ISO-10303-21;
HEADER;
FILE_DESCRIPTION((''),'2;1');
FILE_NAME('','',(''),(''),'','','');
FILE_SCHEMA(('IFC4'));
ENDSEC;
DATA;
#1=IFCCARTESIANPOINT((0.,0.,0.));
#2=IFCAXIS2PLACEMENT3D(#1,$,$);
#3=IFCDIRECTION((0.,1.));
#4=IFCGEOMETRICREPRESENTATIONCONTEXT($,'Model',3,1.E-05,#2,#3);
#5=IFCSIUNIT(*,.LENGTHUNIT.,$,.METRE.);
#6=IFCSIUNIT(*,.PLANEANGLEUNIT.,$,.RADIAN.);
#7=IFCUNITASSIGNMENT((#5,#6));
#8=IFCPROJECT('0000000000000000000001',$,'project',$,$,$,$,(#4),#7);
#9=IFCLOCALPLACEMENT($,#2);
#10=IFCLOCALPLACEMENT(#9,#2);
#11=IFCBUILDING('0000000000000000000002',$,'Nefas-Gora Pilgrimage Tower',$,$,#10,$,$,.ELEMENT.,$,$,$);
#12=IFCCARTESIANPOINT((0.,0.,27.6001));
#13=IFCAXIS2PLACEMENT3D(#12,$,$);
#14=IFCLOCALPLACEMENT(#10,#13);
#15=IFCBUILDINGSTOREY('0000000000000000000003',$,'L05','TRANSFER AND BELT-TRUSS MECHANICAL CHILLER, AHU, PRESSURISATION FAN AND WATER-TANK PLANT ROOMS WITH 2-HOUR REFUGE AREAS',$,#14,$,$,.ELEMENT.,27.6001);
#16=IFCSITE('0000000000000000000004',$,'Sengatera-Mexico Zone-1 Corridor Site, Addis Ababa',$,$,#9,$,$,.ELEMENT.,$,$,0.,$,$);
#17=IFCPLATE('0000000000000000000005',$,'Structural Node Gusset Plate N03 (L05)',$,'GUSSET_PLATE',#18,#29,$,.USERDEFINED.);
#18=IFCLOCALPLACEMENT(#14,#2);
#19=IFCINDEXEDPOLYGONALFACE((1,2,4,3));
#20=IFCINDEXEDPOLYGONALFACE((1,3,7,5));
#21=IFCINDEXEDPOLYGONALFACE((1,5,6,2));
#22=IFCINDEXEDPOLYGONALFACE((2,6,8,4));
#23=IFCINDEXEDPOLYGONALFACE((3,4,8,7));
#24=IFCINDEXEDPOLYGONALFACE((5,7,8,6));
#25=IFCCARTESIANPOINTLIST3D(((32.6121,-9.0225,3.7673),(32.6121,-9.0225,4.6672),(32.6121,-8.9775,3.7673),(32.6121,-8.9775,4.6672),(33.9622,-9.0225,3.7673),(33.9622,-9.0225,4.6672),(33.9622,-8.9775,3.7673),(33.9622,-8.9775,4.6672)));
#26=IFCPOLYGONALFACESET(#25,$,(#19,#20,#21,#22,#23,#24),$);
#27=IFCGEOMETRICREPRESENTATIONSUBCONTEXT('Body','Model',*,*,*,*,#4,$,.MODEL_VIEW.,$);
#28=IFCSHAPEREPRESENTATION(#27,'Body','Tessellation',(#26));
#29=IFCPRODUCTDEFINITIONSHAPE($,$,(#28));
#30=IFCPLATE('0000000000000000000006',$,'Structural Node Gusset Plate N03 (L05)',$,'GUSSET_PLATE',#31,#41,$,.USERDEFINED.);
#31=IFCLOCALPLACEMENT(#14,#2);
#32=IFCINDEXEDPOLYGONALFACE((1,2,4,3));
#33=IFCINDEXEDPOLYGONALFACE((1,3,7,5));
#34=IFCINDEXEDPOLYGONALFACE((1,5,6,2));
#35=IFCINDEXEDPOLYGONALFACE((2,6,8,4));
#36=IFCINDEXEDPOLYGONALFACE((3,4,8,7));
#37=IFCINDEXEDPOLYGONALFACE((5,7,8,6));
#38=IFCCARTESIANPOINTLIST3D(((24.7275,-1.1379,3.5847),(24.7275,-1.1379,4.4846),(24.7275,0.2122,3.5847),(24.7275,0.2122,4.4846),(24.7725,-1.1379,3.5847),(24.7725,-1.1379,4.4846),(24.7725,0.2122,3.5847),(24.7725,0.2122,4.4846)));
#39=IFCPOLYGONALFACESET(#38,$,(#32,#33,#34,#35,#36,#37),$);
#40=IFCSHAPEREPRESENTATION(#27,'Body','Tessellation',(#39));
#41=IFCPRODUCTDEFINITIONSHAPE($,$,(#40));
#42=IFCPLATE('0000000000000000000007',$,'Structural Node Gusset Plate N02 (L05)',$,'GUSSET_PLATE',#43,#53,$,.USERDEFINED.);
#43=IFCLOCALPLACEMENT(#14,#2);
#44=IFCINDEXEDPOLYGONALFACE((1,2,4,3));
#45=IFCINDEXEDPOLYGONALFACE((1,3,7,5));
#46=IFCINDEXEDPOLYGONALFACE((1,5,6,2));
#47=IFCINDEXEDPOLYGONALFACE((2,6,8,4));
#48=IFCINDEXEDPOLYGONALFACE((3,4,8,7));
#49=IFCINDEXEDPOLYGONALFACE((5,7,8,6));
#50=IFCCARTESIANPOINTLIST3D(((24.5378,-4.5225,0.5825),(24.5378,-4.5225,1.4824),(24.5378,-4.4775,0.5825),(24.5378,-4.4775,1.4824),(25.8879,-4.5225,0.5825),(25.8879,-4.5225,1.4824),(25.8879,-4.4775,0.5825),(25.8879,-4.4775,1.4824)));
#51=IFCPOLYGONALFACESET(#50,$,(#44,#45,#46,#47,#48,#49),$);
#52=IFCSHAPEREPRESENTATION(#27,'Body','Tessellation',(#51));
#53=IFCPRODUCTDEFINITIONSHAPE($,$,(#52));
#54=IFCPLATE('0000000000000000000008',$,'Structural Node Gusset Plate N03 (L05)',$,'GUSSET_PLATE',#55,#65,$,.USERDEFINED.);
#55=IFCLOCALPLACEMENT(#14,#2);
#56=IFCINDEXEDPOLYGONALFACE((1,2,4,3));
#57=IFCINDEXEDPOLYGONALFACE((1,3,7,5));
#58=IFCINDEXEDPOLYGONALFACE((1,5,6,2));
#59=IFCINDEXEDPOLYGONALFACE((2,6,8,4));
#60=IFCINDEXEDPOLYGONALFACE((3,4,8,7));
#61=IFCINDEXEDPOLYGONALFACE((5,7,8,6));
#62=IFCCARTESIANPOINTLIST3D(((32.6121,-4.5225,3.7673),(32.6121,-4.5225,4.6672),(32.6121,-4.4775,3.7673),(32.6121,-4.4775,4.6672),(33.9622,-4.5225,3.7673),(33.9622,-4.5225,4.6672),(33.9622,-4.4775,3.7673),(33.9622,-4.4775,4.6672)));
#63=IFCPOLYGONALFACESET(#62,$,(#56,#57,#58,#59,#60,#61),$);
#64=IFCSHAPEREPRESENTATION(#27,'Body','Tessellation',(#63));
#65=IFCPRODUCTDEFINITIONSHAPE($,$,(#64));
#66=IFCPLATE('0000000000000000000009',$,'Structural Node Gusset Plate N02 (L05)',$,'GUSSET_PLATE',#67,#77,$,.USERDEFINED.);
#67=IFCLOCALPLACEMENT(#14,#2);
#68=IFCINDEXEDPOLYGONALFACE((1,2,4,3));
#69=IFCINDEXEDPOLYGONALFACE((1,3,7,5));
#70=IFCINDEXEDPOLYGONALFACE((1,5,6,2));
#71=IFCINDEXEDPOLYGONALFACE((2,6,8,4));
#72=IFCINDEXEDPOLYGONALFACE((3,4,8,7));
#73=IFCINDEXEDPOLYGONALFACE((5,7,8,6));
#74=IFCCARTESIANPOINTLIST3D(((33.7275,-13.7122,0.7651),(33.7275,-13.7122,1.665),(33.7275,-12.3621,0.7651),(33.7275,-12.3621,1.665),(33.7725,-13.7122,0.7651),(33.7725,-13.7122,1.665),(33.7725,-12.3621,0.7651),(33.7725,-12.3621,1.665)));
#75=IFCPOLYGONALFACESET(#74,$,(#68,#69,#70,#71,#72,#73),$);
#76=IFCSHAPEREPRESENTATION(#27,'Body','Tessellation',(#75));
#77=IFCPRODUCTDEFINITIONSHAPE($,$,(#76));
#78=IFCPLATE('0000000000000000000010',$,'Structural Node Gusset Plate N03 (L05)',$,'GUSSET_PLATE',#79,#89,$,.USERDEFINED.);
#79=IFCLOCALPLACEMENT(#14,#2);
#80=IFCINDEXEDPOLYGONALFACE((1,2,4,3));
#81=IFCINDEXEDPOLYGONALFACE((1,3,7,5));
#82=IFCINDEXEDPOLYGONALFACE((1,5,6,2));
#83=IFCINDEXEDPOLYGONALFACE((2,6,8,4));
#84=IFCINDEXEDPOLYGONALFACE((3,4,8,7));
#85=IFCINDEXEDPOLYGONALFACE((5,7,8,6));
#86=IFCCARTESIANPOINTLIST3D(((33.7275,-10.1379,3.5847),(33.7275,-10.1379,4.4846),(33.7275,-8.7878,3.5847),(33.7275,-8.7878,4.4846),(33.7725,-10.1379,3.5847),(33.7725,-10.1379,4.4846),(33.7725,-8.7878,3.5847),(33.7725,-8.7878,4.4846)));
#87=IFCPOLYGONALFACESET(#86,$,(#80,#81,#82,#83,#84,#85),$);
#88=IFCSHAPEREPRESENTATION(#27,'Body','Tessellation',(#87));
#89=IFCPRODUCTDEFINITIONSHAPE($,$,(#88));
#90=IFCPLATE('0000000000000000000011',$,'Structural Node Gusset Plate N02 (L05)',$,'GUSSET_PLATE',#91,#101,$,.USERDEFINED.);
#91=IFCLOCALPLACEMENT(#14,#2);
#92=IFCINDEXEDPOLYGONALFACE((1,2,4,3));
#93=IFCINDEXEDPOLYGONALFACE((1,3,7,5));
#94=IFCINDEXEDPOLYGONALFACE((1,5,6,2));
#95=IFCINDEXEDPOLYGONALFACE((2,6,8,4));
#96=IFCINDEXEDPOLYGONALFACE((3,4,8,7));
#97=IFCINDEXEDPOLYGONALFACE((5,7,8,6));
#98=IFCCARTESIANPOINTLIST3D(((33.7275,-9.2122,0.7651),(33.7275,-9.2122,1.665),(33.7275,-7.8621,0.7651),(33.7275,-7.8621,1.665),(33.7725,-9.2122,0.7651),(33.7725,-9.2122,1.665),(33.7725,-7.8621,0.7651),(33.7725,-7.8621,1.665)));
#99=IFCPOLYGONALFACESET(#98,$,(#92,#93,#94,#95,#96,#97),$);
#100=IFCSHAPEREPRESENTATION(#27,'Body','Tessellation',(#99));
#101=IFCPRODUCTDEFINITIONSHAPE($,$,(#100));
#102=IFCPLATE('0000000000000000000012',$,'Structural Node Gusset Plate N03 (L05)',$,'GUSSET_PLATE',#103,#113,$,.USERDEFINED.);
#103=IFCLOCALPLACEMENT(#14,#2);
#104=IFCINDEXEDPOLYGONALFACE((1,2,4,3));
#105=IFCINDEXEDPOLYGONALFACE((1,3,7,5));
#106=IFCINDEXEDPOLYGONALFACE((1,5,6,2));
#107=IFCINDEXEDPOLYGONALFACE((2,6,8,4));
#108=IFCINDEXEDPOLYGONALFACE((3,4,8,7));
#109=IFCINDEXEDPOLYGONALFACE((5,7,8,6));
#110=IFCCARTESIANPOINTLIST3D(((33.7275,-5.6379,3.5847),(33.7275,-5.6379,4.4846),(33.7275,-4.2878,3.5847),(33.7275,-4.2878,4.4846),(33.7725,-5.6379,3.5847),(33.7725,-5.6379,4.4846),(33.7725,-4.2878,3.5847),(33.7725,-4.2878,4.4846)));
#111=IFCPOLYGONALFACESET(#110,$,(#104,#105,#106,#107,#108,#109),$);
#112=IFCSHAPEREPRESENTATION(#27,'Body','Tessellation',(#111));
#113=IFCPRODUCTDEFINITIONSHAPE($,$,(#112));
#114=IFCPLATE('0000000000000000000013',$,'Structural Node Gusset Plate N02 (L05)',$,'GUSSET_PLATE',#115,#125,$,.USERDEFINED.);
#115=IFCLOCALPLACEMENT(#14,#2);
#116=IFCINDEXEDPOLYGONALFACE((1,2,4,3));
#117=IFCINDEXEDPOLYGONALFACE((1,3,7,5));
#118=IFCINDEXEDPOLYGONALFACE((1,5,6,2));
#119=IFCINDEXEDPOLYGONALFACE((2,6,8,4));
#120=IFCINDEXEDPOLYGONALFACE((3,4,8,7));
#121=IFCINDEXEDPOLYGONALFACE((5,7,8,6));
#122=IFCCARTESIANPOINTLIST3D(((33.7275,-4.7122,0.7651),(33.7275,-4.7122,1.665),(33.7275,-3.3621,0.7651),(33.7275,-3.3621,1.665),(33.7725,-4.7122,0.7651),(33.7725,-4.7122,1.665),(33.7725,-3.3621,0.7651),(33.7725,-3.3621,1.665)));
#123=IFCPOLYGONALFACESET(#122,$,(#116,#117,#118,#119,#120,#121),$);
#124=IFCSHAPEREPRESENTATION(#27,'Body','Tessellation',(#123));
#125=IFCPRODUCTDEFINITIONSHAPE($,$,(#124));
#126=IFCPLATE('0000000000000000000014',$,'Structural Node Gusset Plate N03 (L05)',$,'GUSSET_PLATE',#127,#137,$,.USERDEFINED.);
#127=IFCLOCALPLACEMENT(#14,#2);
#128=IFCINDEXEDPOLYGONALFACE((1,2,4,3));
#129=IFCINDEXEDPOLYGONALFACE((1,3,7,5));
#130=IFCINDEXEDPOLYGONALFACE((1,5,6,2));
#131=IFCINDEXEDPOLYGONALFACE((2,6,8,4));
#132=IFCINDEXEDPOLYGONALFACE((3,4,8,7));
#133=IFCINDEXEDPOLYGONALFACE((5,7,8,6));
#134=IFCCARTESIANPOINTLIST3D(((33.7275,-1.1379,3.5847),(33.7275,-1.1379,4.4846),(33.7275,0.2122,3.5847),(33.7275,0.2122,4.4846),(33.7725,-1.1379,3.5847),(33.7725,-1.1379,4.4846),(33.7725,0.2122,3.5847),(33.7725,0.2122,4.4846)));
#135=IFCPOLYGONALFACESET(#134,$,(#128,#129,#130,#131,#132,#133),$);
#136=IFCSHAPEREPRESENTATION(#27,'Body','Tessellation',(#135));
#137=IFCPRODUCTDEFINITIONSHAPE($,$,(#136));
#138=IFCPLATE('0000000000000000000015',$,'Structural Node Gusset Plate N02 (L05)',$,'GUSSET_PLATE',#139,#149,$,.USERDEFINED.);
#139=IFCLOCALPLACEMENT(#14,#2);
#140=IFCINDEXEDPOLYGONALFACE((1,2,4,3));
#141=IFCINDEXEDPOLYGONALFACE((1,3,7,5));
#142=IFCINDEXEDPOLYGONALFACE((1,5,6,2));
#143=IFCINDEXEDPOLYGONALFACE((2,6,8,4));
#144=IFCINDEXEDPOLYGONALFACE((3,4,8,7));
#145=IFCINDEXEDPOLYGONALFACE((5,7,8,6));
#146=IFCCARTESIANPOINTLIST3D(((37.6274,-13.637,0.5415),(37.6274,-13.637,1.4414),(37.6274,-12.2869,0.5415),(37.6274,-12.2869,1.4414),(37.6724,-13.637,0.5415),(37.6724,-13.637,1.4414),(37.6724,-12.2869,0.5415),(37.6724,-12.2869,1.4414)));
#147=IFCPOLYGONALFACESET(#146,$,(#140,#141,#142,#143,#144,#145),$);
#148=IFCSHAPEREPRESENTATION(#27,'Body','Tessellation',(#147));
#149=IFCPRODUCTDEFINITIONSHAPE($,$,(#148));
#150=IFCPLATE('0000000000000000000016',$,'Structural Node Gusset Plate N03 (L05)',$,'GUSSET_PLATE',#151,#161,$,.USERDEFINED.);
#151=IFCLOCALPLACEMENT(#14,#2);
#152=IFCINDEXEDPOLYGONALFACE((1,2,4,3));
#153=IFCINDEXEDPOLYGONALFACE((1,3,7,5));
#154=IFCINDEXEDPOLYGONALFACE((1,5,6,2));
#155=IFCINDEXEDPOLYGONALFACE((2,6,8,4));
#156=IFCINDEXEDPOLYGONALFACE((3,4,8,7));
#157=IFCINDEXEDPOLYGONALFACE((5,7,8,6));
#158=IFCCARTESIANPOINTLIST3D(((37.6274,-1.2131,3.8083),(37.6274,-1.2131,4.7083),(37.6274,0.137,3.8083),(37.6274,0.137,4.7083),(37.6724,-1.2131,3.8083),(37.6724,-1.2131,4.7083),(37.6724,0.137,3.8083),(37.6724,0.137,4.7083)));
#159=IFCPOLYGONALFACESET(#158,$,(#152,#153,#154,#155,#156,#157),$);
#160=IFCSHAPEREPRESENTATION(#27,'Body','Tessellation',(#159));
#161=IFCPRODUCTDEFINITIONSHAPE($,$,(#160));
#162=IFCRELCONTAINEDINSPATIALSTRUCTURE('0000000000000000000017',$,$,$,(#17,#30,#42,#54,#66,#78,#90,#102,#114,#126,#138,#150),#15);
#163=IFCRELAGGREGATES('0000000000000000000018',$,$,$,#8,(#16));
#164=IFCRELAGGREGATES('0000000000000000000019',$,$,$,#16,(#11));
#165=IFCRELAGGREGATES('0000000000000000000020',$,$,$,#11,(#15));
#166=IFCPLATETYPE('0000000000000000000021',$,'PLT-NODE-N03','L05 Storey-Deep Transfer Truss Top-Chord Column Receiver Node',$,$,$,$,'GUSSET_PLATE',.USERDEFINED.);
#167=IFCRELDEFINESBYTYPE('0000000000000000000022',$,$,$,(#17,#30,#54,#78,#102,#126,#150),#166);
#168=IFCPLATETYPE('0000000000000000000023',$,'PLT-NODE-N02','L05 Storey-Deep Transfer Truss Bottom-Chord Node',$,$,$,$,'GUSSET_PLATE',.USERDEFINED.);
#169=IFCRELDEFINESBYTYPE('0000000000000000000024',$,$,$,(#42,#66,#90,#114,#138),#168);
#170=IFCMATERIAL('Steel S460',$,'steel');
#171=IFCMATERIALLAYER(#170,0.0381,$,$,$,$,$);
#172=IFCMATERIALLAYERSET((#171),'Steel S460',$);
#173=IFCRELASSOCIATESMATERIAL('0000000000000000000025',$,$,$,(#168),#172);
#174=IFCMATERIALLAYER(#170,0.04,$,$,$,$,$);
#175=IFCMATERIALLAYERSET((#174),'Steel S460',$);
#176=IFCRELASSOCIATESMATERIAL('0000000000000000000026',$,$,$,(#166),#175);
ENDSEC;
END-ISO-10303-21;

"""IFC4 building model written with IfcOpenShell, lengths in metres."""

from ifc_helpers import new_model, si_unit, direction, frame, origin, origin_2d, place, context, subcontext, project, spatial, rectangle, extrude, source, transform, mapped, material, layer, layer_set, type_object, element, save


model = new_model("IFC4")

# Units and contexts
model_context = context("Model", 3, precision=1e-05, world=origin(), true_north=direction((0.0, 1.0)))
body_context = subcontext(model_context, "Body", "Model", "MODEL_VIEW")
ifc_project = project(units=[si_unit("LENGTHUNIT", "METRE"), si_unit("PLANEANGLEUNIT", "RADIAN")], contexts=[model_context])

# Site, building, storey
site_placement = place(None, origin())
site = spatial("IfcSite", under=ifc_project, at=site_placement, Name="Sengatera-Mexico Zone-1 Corridor Site, Addis Ababa", CompositionType="ELEMENT", RefElevation=0.0)
building_placement = place(site_placement, origin())
building = spatial("IfcBuilding", under=site, at=building_placement, Name="Nefas-Gora Pilgrimage Tower", CompositionType="ELEMENT")
storey_placement = place(building_placement, frame((0.0, 0.0, 27.6001)))
storey = spatial("IfcBuildingStorey", under=building, at=storey_placement, Name="L05", Description="TRANSFER AND BELT-TRUSS MECHANICAL CHILLER, AHU, PRESSURISATION FAN AND WATER-TANK PLANT ROOMS WITH 2-HOUR REFUGE AREAS", CompositionType="ELEMENT", Elevation=27.6001)

# Shared definitions
ifc_material = material(Name="Steel S460", Category="steel")

# Plates
ifc_layer_1 = layer(ifc_material, 0.0381)
ifc_layer_set_1 = layer_set([ifc_layer_1], Name="Steel S460")
plate_type_1 = type_object("IfcPlateType", Name="PLT-NODE-N02", Description="L05 Storey-Deep Transfer Truss Bottom-Chord Node", ElementType="GUSSET_PLATE", PredefinedType="USERDEFINED", material=ifc_layer_set_1)
shared_shape_1 = source(origin(), body_context, "Body", "SweptSolid", [
    extrude(rectangle(XDim=1.3501, YDim=0.0449, at=origin_2d()), origin(), (0.0, 0.0, 1.0), 0.8999),
])
ifc_layer_2 = layer(ifc_material, 0.04)
ifc_layer_set_2 = layer_set([ifc_layer_2], Name="Steel S460")
plate_type_2 = type_object("IfcPlateType", Name="PLT-NODE-N03", Description="L05 Storey-Deep Transfer Truss Top-Chord Column Receiver Node", ElementType="GUSSET_PLATE", PredefinedType="USERDEFINED", material=ifc_layer_set_2)
for number, where, z_axis, x_axis, name in (
    (1, (33.2871, -9.0, 3.7673), (0.0, 0.0, 1.0), (1.0, 0.0, 0.0), "Structural Node Gusset Plate N03 (L05)"),
    (2, (24.75, -0.4629, 3.5847), (0.0, 0.0, 1.0), (0.0, 1.0, 0.0), "Structural Node Gusset Plate N03 (L05)"),
):
    element("IfcPlate", number, at=place(storey_placement, frame(where, z_axis=z_axis, x_axis=x_axis)), inside=storey, type_object=plate_type_2, Name=name, ObjectType="GUSSET_PLATE", PredefinedType="USERDEFINED", context=body_context, shape_type="MappedRepresentation", body=[
        mapped(shared_shape_1, transform((0.0, 0.0, 0.0), x_axis=(1.0, 0.0, 0.0), y_axis=(0.0, 1.0, 0.0), z_axis=(0.0, 0.0, 1.0), scale=1.0)),
    ])
plate_1_placement = place(storey_placement, frame((25.2129, -4.5, 0.5825), z_axis=(0.0, 0.0, 1.0), x_axis=(1.0, 0.0, 0.0)))
element("IfcPlate", 3, at=plate_1_placement, inside=storey, type_object=plate_type_1, Name="Structural Node Gusset Plate N02 (L05)", ObjectType="GUSSET_PLATE", PredefinedType="USERDEFINED", context=body_context, shape_type="MappedRepresentation", body=[
    mapped(shared_shape_1, transform((0.0, 0.0, 0.0), x_axis=(1.0, 0.0, 0.0), y_axis=(0.0, 1.0, 0.0), z_axis=(0.0, 0.0, 1.0), scale=1.0)),
])
plate_2_placement = place(storey_placement, frame((33.2871, -4.5, 3.7673), z_axis=(0.0, 0.0, 1.0), x_axis=(1.0, 0.0, 0.0)))
element("IfcPlate", 4, at=plate_2_placement, inside=storey, type_object=plate_type_2, Name="Structural Node Gusset Plate N03 (L05)", ObjectType="GUSSET_PLATE", PredefinedType="USERDEFINED", context=body_context, shape_type="MappedRepresentation", body=[
    mapped(shared_shape_1, transform((0.0, 0.0, 0.0), x_axis=(1.0, 0.0, 0.0), y_axis=(0.0, 1.0, 0.0), z_axis=(0.0, 0.0, 1.0), scale=1.0)),
])
plate_3_placement = place(storey_placement, frame((33.75, -13.0371, 0.7651), z_axis=(0.0, 0.0, 1.0), x_axis=(0.0, 1.0, 0.0)))
element("IfcPlate", 5, at=plate_3_placement, inside=storey, type_object=plate_type_1, Name="Structural Node Gusset Plate N02 (L05)", ObjectType="GUSSET_PLATE", PredefinedType="USERDEFINED", context=body_context, shape_type="MappedRepresentation", body=[
    mapped(shared_shape_1, transform((0.0, 0.0, 0.0), x_axis=(1.0, 0.0, 0.0), y_axis=(0.0, 1.0, 0.0), z_axis=(0.0, 0.0, 1.0), scale=1.0)),
])
plate_4_placement = place(storey_placement, frame((33.75, -9.4629, 3.5847), z_axis=(0.0, 0.0, 1.0), x_axis=(0.0, 1.0, 0.0)))
element("IfcPlate", 6, at=plate_4_placement, inside=storey, type_object=plate_type_2, Name="Structural Node Gusset Plate N03 (L05)", ObjectType="GUSSET_PLATE", PredefinedType="USERDEFINED", context=body_context, shape_type="MappedRepresentation", body=[
    mapped(shared_shape_1, transform((0.0, 0.0, 0.0), x_axis=(1.0, 0.0, 0.0), y_axis=(0.0, 1.0, 0.0), z_axis=(0.0, 0.0, 1.0), scale=1.0)),
])
plate_5_placement = place(storey_placement, frame((33.75, -8.5371, 0.7651), z_axis=(0.0, 0.0, 1.0), x_axis=(0.0, 1.0, 0.0)))
element("IfcPlate", 7, at=plate_5_placement, inside=storey, type_object=plate_type_1, Name="Structural Node Gusset Plate N02 (L05)", ObjectType="GUSSET_PLATE", PredefinedType="USERDEFINED", context=body_context, shape_type="MappedRepresentation", body=[
    mapped(shared_shape_1, transform((0.0, 0.0, 0.0), x_axis=(1.0, 0.0, 0.0), y_axis=(0.0, 1.0, 0.0), z_axis=(0.0, 0.0, 1.0), scale=1.0)),
])
plate_6_placement = place(storey_placement, frame((33.75, -4.9629, 3.5847), z_axis=(0.0, 0.0, 1.0), x_axis=(0.0, 1.0, 0.0)))
element("IfcPlate", 8, at=plate_6_placement, inside=storey, type_object=plate_type_2, Name="Structural Node Gusset Plate N03 (L05)", ObjectType="GUSSET_PLATE", PredefinedType="USERDEFINED", context=body_context, shape_type="MappedRepresentation", body=[
    mapped(shared_shape_1, transform((0.0, 0.0, 0.0), x_axis=(1.0, 0.0, 0.0), y_axis=(0.0, 1.0, 0.0), z_axis=(0.0, 0.0, 1.0), scale=1.0)),
])
plate_7_placement = place(storey_placement, frame((33.75, -4.0371, 0.7651), z_axis=(0.0, 0.0, 1.0), x_axis=(0.0, 1.0, 0.0)))
element("IfcPlate", 9, at=plate_7_placement, inside=storey, type_object=plate_type_1, Name="Structural Node Gusset Plate N02 (L05)", ObjectType="GUSSET_PLATE", PredefinedType="USERDEFINED", context=body_context, shape_type="MappedRepresentation", body=[
    mapped(shared_shape_1, transform((0.0, 0.0, 0.0), x_axis=(1.0, 0.0, 0.0), y_axis=(0.0, 1.0, 0.0), z_axis=(0.0, 0.0, 1.0), scale=1.0)),
])
plate_8_placement = place(storey_placement, frame((33.75, -0.4629, 3.5847), z_axis=(0.0, 0.0, 1.0), x_axis=(0.0, 1.0, 0.0)))
element("IfcPlate", 10, at=plate_8_placement, inside=storey, type_object=plate_type_2, Name="Structural Node Gusset Plate N03 (L05)", ObjectType="GUSSET_PLATE", PredefinedType="USERDEFINED", context=body_context, shape_type="MappedRepresentation", body=[
    mapped(shared_shape_1, transform((0.0, 0.0, 0.0), x_axis=(1.0, 0.0, 0.0), y_axis=(0.0, 1.0, 0.0), z_axis=(0.0, 0.0, 1.0), scale=1.0)),
])
plate_9_placement = place(storey_placement, frame((37.6499, -12.9619, 0.5415), z_axis=(0.0, 0.0, 1.0), x_axis=(0.0, 1.0, 0.0)))
element("IfcPlate", 11, at=plate_9_placement, inside=storey, type_object=plate_type_1, Name="Structural Node Gusset Plate N02 (L05)", ObjectType="GUSSET_PLATE", PredefinedType="USERDEFINED", context=body_context, shape_type="MappedRepresentation", body=[
    mapped(shared_shape_1, transform((0.0, 0.0, 0.0), x_axis=(1.0, 0.0, 0.0), y_axis=(0.0, 1.0, 0.0), z_axis=(0.0, 0.0, 1.0), scale=1.0)),
])
plate_10_placement = place(storey_placement, frame((37.6499, -0.5381, 3.8083), z_axis=(0.0, 0.0, 1.0), x_axis=(0.0, 1.0, 0.0)))
element("IfcPlate", 12, at=plate_10_placement, inside=storey, type_object=plate_type_2, Name="Structural Node Gusset Plate N03 (L05)", ObjectType="GUSSET_PLATE", PredefinedType="USERDEFINED", context=body_context, shape_type="MappedRepresentation", body=[
    mapped(shared_shape_1, transform((0.0, 0.0, 0.0), x_axis=(1.0, 0.0, 0.0), y_axis=(0.0, 1.0, 0.0), z_axis=(0.0, 0.0, 1.0), scale=1.0)),
])

save(model, "model.ifc")
